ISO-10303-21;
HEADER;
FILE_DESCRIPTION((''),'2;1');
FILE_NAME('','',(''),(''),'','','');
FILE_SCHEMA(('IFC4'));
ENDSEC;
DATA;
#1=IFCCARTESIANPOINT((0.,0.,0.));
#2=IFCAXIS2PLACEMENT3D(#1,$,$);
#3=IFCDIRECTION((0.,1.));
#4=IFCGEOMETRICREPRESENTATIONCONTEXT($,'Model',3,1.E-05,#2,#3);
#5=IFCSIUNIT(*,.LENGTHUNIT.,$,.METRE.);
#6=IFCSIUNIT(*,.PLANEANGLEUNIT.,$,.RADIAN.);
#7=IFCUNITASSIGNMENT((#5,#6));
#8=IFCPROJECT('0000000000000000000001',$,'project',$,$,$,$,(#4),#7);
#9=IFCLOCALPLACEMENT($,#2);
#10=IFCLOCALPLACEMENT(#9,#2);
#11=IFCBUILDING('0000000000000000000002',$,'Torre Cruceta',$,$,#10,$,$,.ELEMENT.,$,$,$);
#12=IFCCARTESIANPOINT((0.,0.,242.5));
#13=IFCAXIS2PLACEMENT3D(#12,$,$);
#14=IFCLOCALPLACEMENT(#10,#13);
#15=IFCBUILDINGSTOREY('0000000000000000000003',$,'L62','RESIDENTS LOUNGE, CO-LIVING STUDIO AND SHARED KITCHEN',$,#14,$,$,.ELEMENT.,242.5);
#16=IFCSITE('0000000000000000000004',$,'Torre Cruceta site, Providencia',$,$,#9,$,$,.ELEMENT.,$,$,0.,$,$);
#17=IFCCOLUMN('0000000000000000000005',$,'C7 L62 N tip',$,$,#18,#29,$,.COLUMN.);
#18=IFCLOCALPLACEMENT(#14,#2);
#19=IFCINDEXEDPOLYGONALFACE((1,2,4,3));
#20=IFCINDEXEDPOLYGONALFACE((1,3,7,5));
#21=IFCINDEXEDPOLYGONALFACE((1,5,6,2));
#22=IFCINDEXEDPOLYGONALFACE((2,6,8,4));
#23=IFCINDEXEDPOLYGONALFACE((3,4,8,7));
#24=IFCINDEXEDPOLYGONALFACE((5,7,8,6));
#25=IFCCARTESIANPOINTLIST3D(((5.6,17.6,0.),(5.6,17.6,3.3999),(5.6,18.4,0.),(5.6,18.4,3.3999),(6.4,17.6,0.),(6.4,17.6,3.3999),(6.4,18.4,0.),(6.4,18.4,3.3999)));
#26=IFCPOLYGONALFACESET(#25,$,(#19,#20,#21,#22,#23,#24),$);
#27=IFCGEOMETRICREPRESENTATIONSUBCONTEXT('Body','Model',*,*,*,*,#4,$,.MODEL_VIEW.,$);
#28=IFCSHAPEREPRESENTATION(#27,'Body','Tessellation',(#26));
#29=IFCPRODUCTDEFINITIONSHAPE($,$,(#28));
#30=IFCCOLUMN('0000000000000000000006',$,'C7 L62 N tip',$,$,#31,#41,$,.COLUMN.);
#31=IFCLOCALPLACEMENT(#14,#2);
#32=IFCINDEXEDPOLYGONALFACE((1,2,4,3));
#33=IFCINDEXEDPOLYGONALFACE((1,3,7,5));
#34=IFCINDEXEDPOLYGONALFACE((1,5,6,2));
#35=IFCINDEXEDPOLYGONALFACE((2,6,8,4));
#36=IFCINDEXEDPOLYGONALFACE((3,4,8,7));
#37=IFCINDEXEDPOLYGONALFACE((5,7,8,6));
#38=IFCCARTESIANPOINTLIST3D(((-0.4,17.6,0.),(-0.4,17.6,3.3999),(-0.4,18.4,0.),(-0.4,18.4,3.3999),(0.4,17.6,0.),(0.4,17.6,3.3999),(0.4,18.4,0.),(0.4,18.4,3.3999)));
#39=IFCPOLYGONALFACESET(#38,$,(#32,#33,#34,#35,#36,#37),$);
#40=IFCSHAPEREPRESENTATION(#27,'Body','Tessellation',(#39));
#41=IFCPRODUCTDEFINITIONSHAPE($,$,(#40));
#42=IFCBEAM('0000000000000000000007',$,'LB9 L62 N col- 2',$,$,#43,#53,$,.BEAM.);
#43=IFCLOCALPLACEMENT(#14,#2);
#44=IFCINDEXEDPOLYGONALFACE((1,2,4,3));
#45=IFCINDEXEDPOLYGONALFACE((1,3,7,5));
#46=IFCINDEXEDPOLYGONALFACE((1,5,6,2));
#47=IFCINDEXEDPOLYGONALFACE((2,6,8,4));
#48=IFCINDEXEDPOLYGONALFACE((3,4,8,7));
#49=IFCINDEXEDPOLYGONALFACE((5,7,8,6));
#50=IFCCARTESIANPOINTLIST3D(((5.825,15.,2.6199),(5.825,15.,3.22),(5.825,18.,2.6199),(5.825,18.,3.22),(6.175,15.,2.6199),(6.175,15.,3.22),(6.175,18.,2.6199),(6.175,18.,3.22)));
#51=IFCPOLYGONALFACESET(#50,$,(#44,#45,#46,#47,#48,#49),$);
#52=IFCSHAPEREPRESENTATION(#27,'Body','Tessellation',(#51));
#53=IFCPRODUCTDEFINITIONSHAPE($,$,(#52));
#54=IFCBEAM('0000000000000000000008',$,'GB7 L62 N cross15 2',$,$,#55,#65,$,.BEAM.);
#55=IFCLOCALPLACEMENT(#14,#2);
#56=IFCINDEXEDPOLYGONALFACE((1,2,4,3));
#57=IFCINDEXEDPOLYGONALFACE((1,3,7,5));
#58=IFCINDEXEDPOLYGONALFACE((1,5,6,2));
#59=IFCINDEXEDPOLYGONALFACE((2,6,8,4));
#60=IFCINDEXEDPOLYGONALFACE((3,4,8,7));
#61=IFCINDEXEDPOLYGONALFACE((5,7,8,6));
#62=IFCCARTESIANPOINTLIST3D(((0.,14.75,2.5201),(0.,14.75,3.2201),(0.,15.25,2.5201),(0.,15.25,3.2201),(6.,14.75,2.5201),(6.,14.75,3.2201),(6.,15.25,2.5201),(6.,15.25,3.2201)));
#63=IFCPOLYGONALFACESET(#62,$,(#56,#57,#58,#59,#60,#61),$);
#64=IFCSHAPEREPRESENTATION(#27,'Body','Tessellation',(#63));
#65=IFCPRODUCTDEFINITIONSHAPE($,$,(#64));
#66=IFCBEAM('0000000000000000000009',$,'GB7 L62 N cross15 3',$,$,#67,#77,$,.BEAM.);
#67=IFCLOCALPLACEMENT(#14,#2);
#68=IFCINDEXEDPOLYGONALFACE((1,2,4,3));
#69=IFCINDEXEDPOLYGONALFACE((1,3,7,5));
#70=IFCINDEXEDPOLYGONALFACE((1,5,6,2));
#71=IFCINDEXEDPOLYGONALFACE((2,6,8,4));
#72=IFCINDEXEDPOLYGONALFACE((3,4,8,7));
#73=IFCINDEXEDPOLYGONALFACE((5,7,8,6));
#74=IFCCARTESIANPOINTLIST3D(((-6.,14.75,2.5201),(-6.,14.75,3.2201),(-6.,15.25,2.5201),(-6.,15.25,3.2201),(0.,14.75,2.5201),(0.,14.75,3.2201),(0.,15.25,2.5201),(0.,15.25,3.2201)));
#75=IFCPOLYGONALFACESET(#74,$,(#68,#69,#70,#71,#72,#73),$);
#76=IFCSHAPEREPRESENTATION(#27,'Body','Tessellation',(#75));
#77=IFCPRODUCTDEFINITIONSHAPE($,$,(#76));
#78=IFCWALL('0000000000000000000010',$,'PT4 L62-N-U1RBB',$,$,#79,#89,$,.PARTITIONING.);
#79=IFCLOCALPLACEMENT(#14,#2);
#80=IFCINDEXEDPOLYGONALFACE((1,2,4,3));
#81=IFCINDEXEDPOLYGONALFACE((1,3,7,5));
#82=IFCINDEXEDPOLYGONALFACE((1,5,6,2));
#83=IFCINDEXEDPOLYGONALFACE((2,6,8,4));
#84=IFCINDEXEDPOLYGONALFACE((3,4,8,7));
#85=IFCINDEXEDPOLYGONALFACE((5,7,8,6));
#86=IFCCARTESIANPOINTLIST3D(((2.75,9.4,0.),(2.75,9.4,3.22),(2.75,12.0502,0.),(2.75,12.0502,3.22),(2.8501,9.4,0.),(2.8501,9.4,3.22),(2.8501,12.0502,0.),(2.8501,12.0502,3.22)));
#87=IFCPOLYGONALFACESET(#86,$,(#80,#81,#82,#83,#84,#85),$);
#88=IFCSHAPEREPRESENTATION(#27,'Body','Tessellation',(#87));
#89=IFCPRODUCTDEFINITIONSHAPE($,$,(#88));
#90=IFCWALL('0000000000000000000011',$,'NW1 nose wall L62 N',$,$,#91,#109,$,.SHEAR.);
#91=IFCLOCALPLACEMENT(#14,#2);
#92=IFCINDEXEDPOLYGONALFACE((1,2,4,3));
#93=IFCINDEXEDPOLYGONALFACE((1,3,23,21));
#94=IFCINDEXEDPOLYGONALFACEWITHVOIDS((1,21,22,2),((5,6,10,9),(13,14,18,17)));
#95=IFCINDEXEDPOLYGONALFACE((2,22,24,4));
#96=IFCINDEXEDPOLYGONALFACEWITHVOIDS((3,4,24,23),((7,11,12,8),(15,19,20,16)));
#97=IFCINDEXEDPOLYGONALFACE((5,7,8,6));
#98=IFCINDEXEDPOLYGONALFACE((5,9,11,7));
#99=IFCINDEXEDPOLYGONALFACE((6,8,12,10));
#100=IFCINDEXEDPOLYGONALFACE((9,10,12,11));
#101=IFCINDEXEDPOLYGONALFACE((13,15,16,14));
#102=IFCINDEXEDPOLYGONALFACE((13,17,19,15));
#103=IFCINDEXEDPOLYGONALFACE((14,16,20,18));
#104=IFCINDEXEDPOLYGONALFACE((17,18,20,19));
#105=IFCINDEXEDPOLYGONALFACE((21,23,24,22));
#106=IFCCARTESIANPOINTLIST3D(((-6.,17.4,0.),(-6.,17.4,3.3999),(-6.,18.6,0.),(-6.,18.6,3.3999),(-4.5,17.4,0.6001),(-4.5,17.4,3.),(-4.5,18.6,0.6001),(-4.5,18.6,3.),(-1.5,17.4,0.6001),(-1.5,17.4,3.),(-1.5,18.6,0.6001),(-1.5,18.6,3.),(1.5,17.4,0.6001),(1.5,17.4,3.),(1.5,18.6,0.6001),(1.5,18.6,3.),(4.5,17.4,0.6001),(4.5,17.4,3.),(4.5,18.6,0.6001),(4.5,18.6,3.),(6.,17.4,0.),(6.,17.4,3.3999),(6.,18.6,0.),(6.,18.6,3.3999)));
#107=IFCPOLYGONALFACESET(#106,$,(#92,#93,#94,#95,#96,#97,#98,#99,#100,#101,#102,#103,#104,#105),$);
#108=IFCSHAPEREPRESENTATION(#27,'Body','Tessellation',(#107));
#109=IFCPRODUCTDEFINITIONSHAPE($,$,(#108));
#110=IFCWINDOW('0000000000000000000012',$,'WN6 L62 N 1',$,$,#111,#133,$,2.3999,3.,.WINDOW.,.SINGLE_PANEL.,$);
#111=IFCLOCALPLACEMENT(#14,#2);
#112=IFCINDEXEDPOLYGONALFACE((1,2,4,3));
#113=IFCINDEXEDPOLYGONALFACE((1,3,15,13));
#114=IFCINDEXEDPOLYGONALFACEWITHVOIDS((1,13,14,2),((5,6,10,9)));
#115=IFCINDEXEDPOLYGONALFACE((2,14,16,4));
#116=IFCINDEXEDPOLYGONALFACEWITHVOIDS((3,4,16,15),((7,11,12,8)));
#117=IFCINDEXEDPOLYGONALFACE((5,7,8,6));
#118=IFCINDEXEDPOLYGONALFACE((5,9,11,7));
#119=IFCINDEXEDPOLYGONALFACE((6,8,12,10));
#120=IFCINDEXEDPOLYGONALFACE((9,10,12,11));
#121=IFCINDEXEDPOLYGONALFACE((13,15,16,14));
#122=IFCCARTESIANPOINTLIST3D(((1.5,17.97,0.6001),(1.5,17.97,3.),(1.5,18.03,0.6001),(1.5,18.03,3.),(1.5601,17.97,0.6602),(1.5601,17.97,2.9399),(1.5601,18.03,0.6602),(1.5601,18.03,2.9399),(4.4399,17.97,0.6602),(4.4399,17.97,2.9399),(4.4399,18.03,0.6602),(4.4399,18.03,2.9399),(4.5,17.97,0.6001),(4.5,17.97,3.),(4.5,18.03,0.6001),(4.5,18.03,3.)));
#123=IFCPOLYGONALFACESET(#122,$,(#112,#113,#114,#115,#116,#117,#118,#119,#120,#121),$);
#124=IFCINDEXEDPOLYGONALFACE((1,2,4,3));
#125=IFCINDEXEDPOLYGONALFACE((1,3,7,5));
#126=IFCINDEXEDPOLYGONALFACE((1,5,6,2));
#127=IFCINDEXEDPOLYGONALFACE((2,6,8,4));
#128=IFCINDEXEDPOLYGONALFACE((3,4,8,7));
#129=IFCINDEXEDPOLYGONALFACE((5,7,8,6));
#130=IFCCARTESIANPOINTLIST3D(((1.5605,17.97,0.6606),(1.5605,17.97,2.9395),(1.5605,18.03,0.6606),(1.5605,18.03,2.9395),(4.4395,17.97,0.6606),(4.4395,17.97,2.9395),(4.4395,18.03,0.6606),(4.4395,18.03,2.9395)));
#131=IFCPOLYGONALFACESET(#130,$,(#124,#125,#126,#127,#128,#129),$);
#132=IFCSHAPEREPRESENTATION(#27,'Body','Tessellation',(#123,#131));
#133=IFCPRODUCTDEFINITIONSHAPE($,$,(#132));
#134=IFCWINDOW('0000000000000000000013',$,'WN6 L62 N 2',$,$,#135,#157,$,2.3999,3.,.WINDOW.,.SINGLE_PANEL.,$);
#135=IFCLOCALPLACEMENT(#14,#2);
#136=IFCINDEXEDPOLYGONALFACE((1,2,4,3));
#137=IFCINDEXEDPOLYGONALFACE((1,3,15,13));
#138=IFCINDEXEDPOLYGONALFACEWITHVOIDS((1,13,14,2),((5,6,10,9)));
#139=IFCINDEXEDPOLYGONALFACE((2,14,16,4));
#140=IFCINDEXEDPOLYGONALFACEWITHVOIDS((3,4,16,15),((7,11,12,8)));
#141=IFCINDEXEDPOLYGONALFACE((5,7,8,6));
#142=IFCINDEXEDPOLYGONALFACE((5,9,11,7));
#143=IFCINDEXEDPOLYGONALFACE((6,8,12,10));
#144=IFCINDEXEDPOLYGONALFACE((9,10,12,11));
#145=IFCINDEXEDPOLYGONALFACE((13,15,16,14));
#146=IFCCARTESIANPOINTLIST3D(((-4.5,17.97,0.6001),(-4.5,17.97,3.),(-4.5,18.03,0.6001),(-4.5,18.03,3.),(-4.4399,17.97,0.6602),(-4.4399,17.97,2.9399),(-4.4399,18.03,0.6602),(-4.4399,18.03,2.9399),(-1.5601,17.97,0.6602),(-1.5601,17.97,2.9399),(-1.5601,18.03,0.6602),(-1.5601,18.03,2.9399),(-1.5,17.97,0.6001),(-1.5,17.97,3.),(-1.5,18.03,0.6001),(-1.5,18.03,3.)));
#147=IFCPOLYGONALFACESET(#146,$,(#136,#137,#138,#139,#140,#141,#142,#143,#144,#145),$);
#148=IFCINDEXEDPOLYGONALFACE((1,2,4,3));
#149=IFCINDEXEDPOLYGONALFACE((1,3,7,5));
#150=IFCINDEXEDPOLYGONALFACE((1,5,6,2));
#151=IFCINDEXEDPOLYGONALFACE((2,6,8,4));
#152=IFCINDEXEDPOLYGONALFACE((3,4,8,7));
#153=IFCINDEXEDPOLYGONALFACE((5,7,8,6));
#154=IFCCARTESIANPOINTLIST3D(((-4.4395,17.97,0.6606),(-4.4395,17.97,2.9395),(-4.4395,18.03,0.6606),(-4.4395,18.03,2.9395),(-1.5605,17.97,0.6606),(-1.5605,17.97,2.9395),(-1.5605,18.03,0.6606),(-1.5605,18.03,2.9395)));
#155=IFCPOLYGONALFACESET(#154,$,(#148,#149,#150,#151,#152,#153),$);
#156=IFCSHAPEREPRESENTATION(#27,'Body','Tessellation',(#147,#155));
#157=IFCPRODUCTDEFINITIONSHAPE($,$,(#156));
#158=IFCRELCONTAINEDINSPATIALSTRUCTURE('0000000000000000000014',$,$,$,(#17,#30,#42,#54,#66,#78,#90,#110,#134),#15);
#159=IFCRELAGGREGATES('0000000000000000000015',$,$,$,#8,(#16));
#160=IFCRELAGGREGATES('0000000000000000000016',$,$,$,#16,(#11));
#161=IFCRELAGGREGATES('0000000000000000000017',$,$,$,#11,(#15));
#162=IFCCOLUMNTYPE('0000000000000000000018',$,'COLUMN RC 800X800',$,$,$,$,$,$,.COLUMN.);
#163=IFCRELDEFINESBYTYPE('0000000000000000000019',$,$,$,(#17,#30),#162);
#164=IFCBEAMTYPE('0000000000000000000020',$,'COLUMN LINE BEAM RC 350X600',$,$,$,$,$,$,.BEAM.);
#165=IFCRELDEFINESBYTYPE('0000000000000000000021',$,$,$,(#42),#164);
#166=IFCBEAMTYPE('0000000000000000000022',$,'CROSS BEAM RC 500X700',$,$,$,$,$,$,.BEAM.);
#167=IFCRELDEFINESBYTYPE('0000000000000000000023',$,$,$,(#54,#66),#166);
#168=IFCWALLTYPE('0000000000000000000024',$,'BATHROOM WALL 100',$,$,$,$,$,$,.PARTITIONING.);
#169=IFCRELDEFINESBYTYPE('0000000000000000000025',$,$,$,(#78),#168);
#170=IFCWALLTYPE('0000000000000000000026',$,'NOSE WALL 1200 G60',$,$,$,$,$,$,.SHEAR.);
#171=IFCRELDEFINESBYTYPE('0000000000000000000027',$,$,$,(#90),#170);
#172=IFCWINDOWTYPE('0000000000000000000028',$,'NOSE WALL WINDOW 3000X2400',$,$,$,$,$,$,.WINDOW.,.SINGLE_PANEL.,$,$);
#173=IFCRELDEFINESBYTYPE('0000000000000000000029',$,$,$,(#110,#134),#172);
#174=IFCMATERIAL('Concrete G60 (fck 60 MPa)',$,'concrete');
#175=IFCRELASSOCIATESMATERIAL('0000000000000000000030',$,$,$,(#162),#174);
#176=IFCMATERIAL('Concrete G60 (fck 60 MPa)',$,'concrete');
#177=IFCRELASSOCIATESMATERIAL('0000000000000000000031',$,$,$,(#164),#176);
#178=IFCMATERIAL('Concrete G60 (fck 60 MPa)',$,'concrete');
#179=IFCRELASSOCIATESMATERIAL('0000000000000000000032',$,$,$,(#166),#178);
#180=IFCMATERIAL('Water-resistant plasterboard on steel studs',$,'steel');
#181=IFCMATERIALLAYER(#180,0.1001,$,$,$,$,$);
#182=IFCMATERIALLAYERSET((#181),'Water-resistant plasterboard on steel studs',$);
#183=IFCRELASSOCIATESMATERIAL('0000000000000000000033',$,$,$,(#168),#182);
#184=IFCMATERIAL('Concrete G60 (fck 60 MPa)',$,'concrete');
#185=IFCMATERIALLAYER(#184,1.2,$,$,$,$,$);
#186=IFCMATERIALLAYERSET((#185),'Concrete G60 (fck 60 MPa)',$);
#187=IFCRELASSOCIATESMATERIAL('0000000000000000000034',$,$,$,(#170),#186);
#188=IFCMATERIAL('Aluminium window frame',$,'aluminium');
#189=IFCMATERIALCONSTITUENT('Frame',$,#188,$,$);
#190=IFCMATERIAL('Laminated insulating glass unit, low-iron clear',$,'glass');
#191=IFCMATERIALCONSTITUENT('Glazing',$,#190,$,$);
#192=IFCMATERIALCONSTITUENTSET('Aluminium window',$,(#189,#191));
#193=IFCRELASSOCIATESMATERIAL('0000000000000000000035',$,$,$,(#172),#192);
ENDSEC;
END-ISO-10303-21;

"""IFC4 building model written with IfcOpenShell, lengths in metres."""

from ifc_helpers import new_model, si_unit, direction, frame, frame_2d, origin, origin_2d, place, context, subcontext, project, spatial, rectangle, hollow_rectangle, extrude, material, layer, layer_set, constituent, constituent_set, material_profile, profile_set, type_object, element, fill, save


model = new_model("IFC4")

# Units and contexts
model_context = context("Model", 3, precision=1e-05, world=origin(), true_north=direction((0.0, 1.0)))
body_context = subcontext(model_context, "Body", "Model", "MODEL_VIEW")
ifc_project = project(units=[si_unit("LENGTHUNIT", "METRE"), si_unit("PLANEANGLEUNIT", "RADIAN")], contexts=[model_context])

# Site, building, storey
site_placement = place(None, origin())
site = spatial("IfcSite", under=ifc_project, at=site_placement, Name="Torre Cruceta site, Providencia", CompositionType="ELEMENT", RefElevation=0.0)
building_placement = place(site_placement, origin())
building = spatial("IfcBuilding", under=site, at=building_placement, Name="Torre Cruceta", CompositionType="ELEMENT")
storey_placement = place(building_placement, frame((0.0, 0.0, 242.5)))
storey = spatial("IfcBuildingStorey", under=building, at=storey_placement, Name="L62", Description="RESIDENTS LOUNGE, CO-LIVING STUDIO AND SHARED KITCHEN", CompositionType="ELEMENT", Elevation=242.5)

# Columns
ifc_material_1 = material(Name="Concrete G60 (fck 60 MPa)", Category="concrete")
ifc_material_profile_1 = material_profile(ifc_material_1, rectangle(XDim=0.8, YDim=0.8, at=origin_2d()), Name="RC 800X800")
ifc_profile_set_1 = profile_set([ifc_material_profile_1], Name="Concrete G60 (fck 60 MPa)")
column_type = type_object("IfcColumnType", Name="COLUMN RC 800X800", PredefinedType="COLUMN", material=ifc_profile_set_1)
for number, where, z_axis, x_axis, name in (
    (1, (6.0, 18.0, 0.0), (0.0, 0.0, 1.0), (1.0, 0.0, 0.0), "C7 L62 N tip"),
    (2, (0.0, 18.0, 0.0), (0.0, 0.0, 1.0), (1.0, 0.0, 0.0), "C7 L62 N tip"),
):
    element("IfcColumn", number, at=place(storey_placement, frame(where, z_axis=z_axis, x_axis=x_axis)), inside=storey, type_object=column_type, Name=name, PredefinedType="COLUMN", context=body_context, shape_type="SweptSolid", body=[
        extrude(rectangle(XDim=0.8, YDim=0.8, at=origin_2d()), origin(), (0.0, 0.0, 1.0), 3.3999),
    ])

# Beams
ifc_material_2 = material(Name="Concrete G60 (fck 60 MPa)", Category="concrete")
ifc_material_profile_2 = material_profile(ifc_material_2, rectangle(XDim=0.3501, YDim=0.6001, at=origin_2d()), Name="RC 350X600")
ifc_profile_set_2 = profile_set([ifc_material_profile_2], Name="Concrete G60 (fck 60 MPa)")
beam_type_1 = type_object("IfcBeamType", Name="COLUMN LINE BEAM RC 350X600", PredefinedType="BEAM", material=ifc_profile_set_2)
beam_placement = place(storey_placement, frame((6.0, 15.0, 2.9199), z_axis=(0.0, 1.0, 0.0), x_axis=(-1.0, 0.0, 0.0)))
element("IfcBeam", 3, at=beam_placement, inside=storey, type_object=beam_type_1, Name="LB9 L62 N col- 2", PredefinedType="BEAM", context=body_context, shape_type="SweptSolid", body=[
    extrude(rectangle(XDim=0.3501, YDim=0.6001, at=origin_2d()), origin(), (0.0, 0.0, 1.0), 3.0),
])
ifc_material_3 = material(Name="Concrete G60 (fck 60 MPa)", Category="concrete")
ifc_material_profile_3 = material_profile(ifc_material_3, rectangle(XDim=0.5, YDim=0.7, at=origin_2d()), Name="RC 500X700")
ifc_profile_set_3 = profile_set([ifc_material_profile_3], Name="Concrete G60 (fck 60 MPa)")
beam_type_2 = type_object("IfcBeamType", Name="CROSS BEAM RC 500X700", PredefinedType="BEAM", material=ifc_profile_set_3)
for number, where, z_axis, x_axis, name in (
    (4, (6.0, 15.0, 2.8701), (-1.0, 0.0, 0.0), (0.0, -1.0, 0.0), "GB7 L62 N cross15 2"),
    (5, (0.0, 15.0, 2.8701), (-1.0, 0.0, 0.0), (0.0, -1.0, 0.0), "GB7 L62 N cross15 3"),
):
    element("IfcBeam", number, at=place(storey_placement, frame(where, z_axis=z_axis, x_axis=x_axis)), inside=storey, type_object=beam_type_2, Name=name, PredefinedType="BEAM", context=body_context, shape_type="SweptSolid", body=[
        extrude(rectangle(XDim=0.5, YDim=0.7, at=origin_2d()), origin(), (0.0, 0.0, 1.0), 6.0),
    ])

# Wall
ifc_material_4 = material(Name="Water-resistant plasterboard on steel studs", Category="steel")
ifc_layer_1 = layer(ifc_material_4, 0.1001)
ifc_layer_set_1 = layer_set([ifc_layer_1], Name="Water-resistant plasterboard on steel studs")
wall_type_1 = type_object("IfcWallType", Name="BATHROOM WALL 100", PredefinedType="PARTITIONING", material=ifc_layer_set_1)
wall_1_placement = place(storey_placement, frame((2.8, 9.3999, 0.0), z_axis=(0.0, 0.0, 1.0), x_axis=(0.0, 1.0, 0.0)))
element("IfcWall", 6, at=wall_1_placement, inside=storey, type_object=wall_type_1, Name="PT4 L62-N-U1RBB", PredefinedType="PARTITIONING", context=body_context, shape_type="SweptSolid", body=[
    extrude(rectangle(XDim=2.6501, YDim=0.1001, at=frame_2d((1.3252, 0.0))), origin(), (0.0, 0.0, 1.0), 3.22),
])

# Wall, openings, windows
ifc_material_5 = material(Name="Concrete G60 (fck 60 MPa)", Category="concrete")
ifc_layer_2 = layer(ifc_material_5, 1.2)
ifc_layer_set_2 = layer_set([ifc_layer_2], Name="Concrete G60 (fck 60 MPa)")
wall_type_2 = type_object("IfcWallType", Name="NOSE WALL 1200 G60", PredefinedType="SHEAR", material=ifc_layer_set_2)
wall_2_placement = place(storey_placement, frame((6.0, 18.0, 0.0), z_axis=(0.0, 0.0, 1.0), x_axis=(-1.0, 0.0, 0.0)))
wall_2 = element("IfcWall", 7, at=wall_2_placement, inside=storey, type_object=wall_type_2, Name="NW1 nose wall L62 N", PredefinedType="SHEAR", context=body_context, shape_type="SweptSolid", body=[
    extrude(rectangle(XDim=12.0, YDim=1.2, at=frame_2d((6.0, 0.0))), origin(), (0.0, 0.0, 1.0), 3.3999),
])
opening_1_placement = place(wall_2_placement, frame((1.5, 0.0, 0.6001)))
opening_1 = element("IfcOpeningElement", 8, at=opening_1_placement, cuts=wall_2, PredefinedType="OPENING", context=body_context, shape_type="SweptSolid", body=[
    extrude(rectangle(XDim=3.0, YDim=2.3999, at=frame_2d((1.5, 1.2))), frame((0.0, 0.6099, 0.0), z_axis=(0.0, -1.0, 0.0), x_axis=(1.0, 0.0, 0.0)), (0.0, 0.0, 1.0), 1.22),
])
opening_2_placement = place(wall_2_placement, frame((7.5, 0.0, 0.6001)))
opening_2 = element("IfcOpeningElement", 9, at=opening_2_placement, cuts=wall_2, PredefinedType="OPENING", context=body_context, shape_type="SweptSolid", body=[
    extrude(rectangle(XDim=3.0, YDim=2.3999, at=frame_2d((1.5, 1.2))), frame((0.0, 0.6099, 0.0), z_axis=(0.0, -1.0, 0.0), x_axis=(1.0, 0.0, 0.0)), (0.0, 0.0, 1.0), 1.22),
])
ifc_material_6 = material(Name="Aluminium window frame", Category="aluminium")
ifc_constituent_1 = constituent(ifc_material_6, Name="Frame")
ifc_material_7 = material(Name="Laminated insulating glass unit, low-iron clear", Category="glass")
ifc_constituent_2 = constituent(ifc_material_7, Name="Glazing")
ifc_constituent_set_1 = constituent_set(constituents=[ifc_constituent_1, ifc_constituent_2], Name="Aluminium window")
window_type = type_object("IfcWindowType", Name="NOSE WALL WINDOW 3000X2400", PartitioningType="SINGLE_PANEL", PredefinedType="WINDOW", material=ifc_constituent_set_1)
window_1_placement = place(opening_1_placement, origin())
window_1 = element("IfcWindow", 10, at=window_1_placement, inside=storey, type_object=window_type, Name="WN6 L62 N 1", OverallHeight=2.3999, OverallWidth=3.0, PartitioningType="SINGLE_PANEL", PredefinedType="WINDOW", context=body_context, shape_type="SweptSolid", body=[
    extrude(hollow_rectangle(XDim=3.0, YDim=2.3999, WallThickness=0.0601, at=frame_2d((1.5, 1.2))), frame((0.0, 0.03, 0.0), z_axis=(0.0, -1.0, 0.0), x_axis=(1.0, 0.0, 0.0)), (0.0, 0.0, 1.0), 0.0601),
    extrude(rectangle(XDim=2.8789, YDim=2.2788, at=frame_2d((1.5, 1.2))), frame((0.0, 0.03, 0.0), z_axis=(0.0, -1.0, 0.0), x_axis=(1.0, 0.0, 0.0)), (0.0, 0.0, 1.0), 0.0601),
])
fill(opening_1, window_1)
window_2_placement = place(opening_2_placement, origin())
window_2 = element("IfcWindow", 11, at=window_2_placement, inside=storey, type_object=window_type, Name="WN6 L62 N 2", OverallHeight=2.3999, OverallWidth=3.0, PartitioningType="SINGLE_PANEL", PredefinedType="WINDOW", context=body_context, shape_type="SweptSolid", body=[
    extrude(hollow_rectangle(XDim=3.0, YDim=2.3999, WallThickness=0.0601, at=frame_2d((1.5, 1.2))), frame((0.0, 0.03, 0.0), z_axis=(0.0, -1.0, 0.0), x_axis=(1.0, 0.0, 0.0)), (0.0, 0.0, 1.0), 0.0601),
    extrude(rectangle(XDim=2.8789, YDim=2.2788, at=frame_2d((1.5, 1.2))), frame((0.0, 0.03, 0.0), z_axis=(0.0, -1.0, 0.0), x_axis=(1.0, 0.0, 0.0)), (0.0, 0.0, 1.0), 0.0601),
])
fill(opening_2, window_2)

save(model, "model.ifc")
